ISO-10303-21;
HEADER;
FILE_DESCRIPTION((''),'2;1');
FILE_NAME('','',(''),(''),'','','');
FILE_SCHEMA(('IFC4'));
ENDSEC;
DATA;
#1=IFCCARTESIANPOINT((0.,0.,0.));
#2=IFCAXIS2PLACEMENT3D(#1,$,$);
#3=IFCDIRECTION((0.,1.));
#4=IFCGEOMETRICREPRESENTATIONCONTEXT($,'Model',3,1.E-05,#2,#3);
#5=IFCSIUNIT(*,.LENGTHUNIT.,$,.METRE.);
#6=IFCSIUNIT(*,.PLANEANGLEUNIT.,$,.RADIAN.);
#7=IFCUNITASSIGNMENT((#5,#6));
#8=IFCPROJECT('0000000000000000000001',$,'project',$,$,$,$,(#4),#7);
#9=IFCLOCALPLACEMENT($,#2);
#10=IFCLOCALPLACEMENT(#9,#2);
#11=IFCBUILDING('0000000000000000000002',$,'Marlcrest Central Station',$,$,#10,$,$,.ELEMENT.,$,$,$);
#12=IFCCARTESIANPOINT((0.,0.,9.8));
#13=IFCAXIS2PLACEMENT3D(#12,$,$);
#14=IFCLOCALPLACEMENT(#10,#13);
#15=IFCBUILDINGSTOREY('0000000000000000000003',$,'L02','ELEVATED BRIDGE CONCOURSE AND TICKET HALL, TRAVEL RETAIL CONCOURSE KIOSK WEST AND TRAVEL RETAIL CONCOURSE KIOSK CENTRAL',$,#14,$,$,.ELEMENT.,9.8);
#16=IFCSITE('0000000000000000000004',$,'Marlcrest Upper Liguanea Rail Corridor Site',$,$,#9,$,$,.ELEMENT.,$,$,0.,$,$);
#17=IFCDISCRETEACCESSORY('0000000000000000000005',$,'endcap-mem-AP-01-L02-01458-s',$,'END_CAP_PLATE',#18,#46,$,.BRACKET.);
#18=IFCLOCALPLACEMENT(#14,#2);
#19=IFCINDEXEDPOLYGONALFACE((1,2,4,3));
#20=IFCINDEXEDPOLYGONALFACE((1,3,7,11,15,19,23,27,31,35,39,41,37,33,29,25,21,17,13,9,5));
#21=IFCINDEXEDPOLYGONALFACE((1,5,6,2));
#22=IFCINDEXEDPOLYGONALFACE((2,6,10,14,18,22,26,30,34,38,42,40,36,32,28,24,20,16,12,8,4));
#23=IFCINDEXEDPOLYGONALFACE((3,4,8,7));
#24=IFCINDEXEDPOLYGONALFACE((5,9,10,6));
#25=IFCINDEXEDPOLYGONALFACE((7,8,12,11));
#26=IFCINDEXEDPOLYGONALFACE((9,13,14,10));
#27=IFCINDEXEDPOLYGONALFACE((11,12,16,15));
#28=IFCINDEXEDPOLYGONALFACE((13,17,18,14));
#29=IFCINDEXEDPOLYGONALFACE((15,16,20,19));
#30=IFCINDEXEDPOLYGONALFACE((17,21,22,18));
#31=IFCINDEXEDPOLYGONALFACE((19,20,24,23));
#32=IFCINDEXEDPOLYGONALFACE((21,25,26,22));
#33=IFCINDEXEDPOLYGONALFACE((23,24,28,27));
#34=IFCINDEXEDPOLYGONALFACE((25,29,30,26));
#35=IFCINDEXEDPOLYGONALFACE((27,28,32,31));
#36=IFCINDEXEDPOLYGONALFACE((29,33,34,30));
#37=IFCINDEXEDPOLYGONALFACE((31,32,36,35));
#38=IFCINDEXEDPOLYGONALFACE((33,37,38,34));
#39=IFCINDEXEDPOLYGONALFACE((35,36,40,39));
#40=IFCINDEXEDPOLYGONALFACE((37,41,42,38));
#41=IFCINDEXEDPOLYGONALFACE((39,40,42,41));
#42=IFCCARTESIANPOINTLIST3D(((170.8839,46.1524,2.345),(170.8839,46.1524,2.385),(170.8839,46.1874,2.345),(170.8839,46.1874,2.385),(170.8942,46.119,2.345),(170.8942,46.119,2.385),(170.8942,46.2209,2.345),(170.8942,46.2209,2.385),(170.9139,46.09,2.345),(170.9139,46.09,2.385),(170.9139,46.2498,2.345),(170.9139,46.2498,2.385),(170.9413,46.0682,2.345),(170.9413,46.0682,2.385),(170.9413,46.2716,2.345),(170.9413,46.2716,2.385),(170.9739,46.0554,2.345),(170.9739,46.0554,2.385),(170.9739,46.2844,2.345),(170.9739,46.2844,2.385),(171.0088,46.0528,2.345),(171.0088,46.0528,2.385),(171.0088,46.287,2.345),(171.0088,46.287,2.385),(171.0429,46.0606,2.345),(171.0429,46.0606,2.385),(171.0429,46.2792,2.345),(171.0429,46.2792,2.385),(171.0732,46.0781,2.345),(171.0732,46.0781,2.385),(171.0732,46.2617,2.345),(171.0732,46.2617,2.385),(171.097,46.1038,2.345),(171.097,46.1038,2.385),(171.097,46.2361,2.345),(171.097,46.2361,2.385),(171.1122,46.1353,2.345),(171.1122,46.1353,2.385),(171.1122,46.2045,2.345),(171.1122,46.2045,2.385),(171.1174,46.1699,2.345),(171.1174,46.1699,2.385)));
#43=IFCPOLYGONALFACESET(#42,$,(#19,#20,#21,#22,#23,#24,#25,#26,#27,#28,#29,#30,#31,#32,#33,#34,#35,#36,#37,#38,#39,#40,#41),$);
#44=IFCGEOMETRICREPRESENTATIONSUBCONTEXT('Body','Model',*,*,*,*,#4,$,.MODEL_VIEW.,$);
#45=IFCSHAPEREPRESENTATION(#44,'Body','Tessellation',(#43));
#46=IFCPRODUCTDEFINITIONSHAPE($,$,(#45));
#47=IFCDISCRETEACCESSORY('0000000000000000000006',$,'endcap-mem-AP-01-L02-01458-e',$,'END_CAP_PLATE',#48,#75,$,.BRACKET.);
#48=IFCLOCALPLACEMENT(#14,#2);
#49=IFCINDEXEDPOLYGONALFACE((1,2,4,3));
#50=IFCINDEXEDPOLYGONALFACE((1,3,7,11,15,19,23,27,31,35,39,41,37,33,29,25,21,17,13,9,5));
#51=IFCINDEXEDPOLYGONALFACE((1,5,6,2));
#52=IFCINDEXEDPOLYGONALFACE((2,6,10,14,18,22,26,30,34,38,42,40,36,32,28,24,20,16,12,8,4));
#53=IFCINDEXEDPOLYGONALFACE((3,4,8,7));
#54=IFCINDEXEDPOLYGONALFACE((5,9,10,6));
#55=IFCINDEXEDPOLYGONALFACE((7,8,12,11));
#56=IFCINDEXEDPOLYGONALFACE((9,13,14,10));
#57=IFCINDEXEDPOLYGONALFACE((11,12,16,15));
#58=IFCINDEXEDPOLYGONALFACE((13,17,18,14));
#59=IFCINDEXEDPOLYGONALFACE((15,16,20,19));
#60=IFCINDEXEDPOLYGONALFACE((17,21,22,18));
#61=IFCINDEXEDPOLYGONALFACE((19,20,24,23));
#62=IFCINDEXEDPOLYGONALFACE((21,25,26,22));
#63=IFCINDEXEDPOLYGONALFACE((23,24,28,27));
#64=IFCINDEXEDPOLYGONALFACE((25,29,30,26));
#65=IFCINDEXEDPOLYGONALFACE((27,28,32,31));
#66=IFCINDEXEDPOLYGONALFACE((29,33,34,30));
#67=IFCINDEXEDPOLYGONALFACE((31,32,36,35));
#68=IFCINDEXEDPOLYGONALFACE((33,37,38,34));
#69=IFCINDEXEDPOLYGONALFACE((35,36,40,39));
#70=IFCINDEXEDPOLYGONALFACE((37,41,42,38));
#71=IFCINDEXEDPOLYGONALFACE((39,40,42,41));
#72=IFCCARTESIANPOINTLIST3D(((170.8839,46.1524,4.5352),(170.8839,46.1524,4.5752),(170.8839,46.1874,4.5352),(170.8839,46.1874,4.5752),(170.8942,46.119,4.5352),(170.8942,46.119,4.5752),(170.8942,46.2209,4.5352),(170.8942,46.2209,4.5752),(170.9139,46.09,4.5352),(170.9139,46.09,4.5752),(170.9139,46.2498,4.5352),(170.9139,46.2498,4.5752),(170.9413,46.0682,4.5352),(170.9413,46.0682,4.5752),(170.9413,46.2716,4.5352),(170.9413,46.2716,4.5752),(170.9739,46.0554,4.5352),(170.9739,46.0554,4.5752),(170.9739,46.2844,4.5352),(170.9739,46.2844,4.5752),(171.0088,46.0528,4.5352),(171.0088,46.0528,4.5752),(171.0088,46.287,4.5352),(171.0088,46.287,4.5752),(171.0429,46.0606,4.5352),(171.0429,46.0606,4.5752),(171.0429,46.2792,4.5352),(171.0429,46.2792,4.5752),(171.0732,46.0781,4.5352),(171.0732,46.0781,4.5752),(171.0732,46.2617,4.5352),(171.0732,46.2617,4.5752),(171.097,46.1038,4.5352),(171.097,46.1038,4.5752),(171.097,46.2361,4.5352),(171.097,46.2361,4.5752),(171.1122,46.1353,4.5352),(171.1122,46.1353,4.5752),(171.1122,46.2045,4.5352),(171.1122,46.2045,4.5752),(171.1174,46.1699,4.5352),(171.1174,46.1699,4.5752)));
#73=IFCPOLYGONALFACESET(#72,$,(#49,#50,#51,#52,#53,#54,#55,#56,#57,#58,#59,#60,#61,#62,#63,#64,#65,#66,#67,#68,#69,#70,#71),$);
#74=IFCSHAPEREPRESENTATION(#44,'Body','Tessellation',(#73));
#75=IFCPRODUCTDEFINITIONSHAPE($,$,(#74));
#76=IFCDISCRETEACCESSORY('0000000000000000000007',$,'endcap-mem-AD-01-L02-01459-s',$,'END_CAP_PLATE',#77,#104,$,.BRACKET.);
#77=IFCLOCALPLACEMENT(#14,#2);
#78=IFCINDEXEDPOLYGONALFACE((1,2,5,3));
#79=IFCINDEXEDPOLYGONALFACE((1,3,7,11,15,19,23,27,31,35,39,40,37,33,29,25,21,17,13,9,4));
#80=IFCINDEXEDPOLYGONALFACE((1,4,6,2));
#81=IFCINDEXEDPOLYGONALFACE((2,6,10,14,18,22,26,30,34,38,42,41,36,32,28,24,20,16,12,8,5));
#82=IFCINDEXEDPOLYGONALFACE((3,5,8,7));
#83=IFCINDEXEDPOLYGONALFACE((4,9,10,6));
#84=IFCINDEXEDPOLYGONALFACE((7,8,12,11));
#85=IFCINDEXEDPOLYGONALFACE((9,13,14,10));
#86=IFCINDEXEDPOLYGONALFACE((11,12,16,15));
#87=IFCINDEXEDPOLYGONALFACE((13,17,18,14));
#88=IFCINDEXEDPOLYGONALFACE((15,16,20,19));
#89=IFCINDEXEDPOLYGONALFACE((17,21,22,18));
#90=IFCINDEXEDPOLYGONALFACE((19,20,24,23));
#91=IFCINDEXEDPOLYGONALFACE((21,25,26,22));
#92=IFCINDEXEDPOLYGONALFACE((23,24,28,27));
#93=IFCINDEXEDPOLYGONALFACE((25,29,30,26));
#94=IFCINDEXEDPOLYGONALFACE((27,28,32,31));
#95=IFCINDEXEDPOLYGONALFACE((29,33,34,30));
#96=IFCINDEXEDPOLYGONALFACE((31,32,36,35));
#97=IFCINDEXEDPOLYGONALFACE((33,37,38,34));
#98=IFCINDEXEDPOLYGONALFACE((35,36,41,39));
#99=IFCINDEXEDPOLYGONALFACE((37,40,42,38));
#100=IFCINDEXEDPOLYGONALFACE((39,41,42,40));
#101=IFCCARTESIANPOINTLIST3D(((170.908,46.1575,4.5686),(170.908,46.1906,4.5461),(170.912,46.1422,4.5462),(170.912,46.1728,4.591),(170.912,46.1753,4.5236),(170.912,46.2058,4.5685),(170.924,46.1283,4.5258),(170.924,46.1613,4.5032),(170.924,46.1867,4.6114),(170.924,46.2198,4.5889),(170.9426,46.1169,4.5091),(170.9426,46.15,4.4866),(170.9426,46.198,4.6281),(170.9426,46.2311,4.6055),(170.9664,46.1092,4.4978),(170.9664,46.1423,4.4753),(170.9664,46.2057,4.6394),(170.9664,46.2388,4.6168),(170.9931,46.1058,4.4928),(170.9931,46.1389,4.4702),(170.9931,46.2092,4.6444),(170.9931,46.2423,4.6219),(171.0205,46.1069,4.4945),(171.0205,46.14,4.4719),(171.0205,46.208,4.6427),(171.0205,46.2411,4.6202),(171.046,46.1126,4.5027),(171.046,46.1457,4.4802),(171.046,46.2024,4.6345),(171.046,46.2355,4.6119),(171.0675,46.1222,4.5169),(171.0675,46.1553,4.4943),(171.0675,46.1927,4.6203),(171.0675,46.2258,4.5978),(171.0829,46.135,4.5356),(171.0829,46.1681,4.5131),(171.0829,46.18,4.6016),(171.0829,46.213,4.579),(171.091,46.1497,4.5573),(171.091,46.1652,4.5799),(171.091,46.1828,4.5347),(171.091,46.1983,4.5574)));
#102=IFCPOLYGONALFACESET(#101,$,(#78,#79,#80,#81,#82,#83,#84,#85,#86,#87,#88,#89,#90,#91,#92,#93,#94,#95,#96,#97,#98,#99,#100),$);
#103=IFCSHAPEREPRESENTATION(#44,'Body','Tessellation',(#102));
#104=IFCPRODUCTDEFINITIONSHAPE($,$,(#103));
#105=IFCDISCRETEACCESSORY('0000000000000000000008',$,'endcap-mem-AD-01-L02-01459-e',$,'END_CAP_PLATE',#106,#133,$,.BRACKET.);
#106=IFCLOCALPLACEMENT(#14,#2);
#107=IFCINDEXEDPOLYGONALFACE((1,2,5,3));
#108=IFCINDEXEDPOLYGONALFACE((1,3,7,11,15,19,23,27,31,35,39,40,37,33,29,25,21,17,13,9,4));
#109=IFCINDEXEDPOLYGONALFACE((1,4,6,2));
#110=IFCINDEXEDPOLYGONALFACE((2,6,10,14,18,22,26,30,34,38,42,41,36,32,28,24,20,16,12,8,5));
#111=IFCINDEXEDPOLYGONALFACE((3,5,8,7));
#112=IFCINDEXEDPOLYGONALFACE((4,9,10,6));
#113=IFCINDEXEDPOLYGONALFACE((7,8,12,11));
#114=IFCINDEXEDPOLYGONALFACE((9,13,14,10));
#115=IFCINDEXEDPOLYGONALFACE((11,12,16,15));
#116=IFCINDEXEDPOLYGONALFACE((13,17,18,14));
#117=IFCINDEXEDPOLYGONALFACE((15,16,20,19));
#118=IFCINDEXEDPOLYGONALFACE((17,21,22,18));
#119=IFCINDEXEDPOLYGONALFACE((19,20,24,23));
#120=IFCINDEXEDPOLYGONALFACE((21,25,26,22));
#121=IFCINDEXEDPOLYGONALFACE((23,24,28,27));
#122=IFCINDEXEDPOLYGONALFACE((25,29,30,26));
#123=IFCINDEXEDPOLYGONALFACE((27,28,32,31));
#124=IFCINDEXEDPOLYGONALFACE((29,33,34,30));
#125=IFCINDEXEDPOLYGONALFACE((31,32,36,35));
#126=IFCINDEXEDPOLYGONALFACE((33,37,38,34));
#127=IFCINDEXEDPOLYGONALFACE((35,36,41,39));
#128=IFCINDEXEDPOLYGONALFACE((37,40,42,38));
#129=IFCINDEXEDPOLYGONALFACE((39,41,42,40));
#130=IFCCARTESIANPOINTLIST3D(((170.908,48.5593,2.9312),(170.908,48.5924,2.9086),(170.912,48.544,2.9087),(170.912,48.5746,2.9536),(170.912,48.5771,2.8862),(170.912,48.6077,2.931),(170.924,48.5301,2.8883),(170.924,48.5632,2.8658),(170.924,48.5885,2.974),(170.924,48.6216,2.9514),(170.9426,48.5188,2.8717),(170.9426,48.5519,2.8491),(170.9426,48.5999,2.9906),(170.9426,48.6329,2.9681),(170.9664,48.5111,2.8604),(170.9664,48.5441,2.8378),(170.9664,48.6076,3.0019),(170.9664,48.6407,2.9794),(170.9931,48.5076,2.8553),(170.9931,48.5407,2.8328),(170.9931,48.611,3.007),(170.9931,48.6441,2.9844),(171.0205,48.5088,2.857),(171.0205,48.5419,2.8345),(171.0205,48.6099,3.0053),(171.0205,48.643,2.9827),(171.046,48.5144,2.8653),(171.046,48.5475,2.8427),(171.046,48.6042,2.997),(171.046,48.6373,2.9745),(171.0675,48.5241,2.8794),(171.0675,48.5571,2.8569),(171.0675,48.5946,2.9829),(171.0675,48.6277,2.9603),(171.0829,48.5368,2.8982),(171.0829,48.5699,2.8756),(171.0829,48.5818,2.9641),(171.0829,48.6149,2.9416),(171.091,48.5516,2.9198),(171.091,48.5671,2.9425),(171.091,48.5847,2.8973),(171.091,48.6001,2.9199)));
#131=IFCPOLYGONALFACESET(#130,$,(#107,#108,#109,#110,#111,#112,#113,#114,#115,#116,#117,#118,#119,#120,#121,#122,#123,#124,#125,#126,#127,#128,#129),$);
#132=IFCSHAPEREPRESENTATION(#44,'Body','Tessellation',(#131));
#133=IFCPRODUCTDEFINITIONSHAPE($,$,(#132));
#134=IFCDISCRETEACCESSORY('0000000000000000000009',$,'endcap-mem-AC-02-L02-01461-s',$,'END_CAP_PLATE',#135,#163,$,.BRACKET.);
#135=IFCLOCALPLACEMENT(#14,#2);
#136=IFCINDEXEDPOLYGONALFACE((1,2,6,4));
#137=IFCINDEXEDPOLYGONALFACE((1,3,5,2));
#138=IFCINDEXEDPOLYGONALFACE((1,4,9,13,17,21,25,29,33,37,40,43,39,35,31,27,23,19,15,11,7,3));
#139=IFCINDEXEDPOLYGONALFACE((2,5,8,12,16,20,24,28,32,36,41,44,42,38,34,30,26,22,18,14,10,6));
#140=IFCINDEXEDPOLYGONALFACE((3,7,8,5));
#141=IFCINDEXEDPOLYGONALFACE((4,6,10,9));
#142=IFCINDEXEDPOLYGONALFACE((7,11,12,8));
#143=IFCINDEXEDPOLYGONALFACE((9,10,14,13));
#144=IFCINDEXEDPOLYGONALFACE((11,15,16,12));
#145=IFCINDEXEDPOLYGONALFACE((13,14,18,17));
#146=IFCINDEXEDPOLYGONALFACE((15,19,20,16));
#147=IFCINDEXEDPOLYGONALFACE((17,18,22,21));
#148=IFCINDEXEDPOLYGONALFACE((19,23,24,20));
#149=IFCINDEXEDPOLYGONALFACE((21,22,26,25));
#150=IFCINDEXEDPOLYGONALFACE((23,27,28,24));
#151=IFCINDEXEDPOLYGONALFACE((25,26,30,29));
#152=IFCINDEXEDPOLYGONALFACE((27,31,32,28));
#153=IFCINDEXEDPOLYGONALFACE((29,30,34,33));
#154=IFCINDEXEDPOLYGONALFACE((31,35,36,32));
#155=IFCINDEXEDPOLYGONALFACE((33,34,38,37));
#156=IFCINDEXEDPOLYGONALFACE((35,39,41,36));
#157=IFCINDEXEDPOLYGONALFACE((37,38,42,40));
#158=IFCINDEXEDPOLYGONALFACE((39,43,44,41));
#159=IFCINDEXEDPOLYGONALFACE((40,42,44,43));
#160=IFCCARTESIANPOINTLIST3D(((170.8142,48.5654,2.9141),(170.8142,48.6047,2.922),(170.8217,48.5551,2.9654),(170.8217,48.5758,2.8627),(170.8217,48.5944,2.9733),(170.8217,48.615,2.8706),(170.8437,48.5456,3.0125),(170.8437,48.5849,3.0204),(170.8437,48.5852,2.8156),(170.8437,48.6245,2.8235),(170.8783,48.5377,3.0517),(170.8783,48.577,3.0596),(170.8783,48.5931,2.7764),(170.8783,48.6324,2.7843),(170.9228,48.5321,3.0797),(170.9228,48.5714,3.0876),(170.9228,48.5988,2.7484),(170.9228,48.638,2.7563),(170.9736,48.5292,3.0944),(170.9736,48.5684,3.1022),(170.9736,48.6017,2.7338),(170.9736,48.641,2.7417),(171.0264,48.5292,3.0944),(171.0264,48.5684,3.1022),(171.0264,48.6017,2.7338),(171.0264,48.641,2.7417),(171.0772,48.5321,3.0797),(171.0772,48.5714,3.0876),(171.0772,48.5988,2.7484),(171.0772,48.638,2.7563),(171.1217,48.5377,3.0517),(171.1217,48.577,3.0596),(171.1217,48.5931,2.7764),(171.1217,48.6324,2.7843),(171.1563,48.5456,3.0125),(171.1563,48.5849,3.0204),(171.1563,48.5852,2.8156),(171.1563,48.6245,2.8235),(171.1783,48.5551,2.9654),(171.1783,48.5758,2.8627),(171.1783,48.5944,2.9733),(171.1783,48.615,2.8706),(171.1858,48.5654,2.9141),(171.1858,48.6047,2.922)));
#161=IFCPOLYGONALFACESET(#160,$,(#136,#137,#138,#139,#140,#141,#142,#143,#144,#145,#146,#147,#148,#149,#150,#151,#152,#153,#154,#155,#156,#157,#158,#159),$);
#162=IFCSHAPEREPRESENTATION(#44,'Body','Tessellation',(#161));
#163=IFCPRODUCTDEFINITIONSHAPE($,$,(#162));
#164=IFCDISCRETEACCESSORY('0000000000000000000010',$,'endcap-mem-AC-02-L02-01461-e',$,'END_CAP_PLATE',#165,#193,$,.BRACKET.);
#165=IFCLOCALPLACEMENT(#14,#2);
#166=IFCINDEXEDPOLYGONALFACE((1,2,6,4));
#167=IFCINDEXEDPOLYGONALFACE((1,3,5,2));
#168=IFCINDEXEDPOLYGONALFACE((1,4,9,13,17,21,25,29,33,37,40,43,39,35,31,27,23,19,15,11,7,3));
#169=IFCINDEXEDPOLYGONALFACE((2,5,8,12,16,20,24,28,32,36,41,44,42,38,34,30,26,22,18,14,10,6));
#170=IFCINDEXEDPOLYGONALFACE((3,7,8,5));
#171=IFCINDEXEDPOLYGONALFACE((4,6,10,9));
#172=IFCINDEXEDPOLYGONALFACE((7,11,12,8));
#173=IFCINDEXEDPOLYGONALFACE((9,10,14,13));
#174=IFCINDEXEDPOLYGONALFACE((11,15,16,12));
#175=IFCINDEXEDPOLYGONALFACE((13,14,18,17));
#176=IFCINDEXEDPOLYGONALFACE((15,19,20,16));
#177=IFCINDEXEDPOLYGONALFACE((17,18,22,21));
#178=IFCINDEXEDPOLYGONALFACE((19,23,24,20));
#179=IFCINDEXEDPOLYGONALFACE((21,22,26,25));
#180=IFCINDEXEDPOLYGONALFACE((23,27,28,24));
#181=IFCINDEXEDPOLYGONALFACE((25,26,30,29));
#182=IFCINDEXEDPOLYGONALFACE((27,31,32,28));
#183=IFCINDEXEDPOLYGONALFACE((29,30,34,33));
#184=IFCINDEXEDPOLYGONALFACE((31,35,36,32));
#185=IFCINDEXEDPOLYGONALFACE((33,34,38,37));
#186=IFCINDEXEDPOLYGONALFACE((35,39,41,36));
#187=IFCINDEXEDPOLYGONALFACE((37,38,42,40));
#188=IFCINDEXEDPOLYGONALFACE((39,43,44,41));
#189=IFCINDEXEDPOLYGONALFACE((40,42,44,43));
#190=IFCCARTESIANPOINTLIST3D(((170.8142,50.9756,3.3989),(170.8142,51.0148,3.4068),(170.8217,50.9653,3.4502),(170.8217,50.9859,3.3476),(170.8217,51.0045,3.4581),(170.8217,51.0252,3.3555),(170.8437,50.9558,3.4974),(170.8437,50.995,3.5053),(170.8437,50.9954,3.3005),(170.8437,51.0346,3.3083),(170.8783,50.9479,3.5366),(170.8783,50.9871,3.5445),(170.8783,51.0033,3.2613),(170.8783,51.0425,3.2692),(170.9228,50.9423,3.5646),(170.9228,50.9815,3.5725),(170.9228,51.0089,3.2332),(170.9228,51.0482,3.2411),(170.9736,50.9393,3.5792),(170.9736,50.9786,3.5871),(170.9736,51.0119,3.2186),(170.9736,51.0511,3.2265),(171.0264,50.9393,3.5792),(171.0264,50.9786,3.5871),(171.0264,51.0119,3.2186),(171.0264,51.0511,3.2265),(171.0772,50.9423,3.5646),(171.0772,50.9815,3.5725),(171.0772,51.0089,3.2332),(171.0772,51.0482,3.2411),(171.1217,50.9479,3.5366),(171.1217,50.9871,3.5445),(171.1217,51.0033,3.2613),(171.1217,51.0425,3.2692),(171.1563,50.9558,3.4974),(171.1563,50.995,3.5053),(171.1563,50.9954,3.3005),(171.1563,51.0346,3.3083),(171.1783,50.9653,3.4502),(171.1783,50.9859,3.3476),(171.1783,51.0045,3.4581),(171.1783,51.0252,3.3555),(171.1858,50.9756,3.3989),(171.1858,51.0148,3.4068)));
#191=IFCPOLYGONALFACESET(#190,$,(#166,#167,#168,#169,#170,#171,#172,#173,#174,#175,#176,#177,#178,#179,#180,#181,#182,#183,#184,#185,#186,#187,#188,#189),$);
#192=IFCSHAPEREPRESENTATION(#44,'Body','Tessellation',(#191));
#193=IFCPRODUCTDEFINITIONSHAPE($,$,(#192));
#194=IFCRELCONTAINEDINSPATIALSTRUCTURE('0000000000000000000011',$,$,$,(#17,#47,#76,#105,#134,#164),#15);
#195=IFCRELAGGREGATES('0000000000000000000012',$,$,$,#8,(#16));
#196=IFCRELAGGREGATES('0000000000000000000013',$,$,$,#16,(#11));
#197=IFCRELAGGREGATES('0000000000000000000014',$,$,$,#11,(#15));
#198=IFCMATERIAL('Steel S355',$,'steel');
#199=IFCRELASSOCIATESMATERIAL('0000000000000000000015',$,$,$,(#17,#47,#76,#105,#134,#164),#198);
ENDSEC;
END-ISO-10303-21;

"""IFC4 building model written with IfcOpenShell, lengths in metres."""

from ifc_helpers import new_model, si_unit, direction, frame, origin, origin_2d, place, context, subcontext, project, spatial, circle, extrude, material, element, save


model = new_model("IFC4")

# Units and contexts
model_context = context("Model", 3, precision=1e-05, world=origin(), true_north=direction((0.0, 1.0)))
body_context = subcontext(model_context, "Body", "Model", "MODEL_VIEW")
ifc_project = project(units=[si_unit("LENGTHUNIT", "METRE"), si_unit("PLANEANGLEUNIT", "RADIAN")], contexts=[model_context])

# Site, building, storey
site_placement = place(None, origin())
site = spatial("IfcSite", under=ifc_project, at=site_placement, Name="Marlcrest Upper Liguanea Rail Corridor Site", CompositionType="ELEMENT", RefElevation=0.0)
building_placement = place(site_placement, origin())
building = spatial("IfcBuilding", under=site, at=building_placement, Name="Marlcrest Central Station", CompositionType="ELEMENT")
storey_placement = place(building_placement, frame((0.0, 0.0, 9.8)))
storey = spatial("IfcBuildingStorey", under=building, at=storey_placement, Name="L02", Description="ELEVATED BRIDGE CONCOURSE AND TICKET HALL, TRAVEL RETAIL CONCOURSE KIOSK WEST AND TRAVEL RETAIL CONCOURSE KIOSK CENTRAL", CompositionType="ELEMENT", Elevation=9.8)

# Shared definitions
ifc_material_1 = material(Name="Steel S355", Category="steel")

# Discrete accessories
for number, where, z_axis, x_axis, name in (
    (1, (171.0, 46.1699, 2.345), (0.0, 0.0, 1.0), (1.0, 0.0, 0.0), "endcap-mem-AP-01-L02-01458-s"),
    (2, (171.0, 46.1699, 4.5352), (0.0, 0.0, 1.0), (1.0, 0.0, 0.0), "endcap-mem-AP-01-L02-01458-e"),
):
    element("IfcDiscreteAccessory", number, at=place(storey_placement, frame(where, z_axis=z_axis, x_axis=x_axis)), inside=storey, material=ifc_material_1, Name=name, ObjectType="END_CAP_PLATE", PredefinedType="BRACKET", context=body_context, shape_type="SweptSolid", body=[
        extrude(circle(Radius=0.1174, at=origin_2d()), origin(), (0.0, 0.0, 1.0), 0.04),
    ])
for number, where, z_axis, x_axis, name in (
    (3, (171.0, 46.1575, 4.5686), (0.0, 0.826263, -0.563285), (-1.0, 0.0, 0.0), "endcap-mem-AD-01-L02-01459-s"),
    (4, (171.0, 48.5593, 2.9312), (0.0, 0.826263, -0.563285), (-1.0, 0.0, 0.0), "endcap-mem-AD-01-L02-01459-e"),
):
    element("IfcDiscreteAccessory", number, at=place(storey_placement, frame(where, z_axis=z_axis, x_axis=x_axis)), inside=storey, material=ifc_material_1, Name=name, ObjectType="END_CAP_PLATE", PredefinedType="BRACKET", context=body_context, shape_type="SweptSolid", body=[
        extrude(circle(Radius=0.092, at=origin_2d()), origin(), (0.0, 0.0, 1.0), 0.04),
    ])
for number, where, z_axis, x_axis, name in (
    (5, (171.0, 48.5654, 2.9141), (0.0, 0.980359, 0.197219), (-1.0, 0.0, 0.0), "endcap-mem-AC-02-L02-01461-s"),
    (6, (171.0, 50.9756, 3.3989), (0.0, 0.980359, 0.197219), (-1.0, 0.0, 0.0), "endcap-mem-AC-02-L02-01461-e"),
):
    element("IfcDiscreteAccessory", number, at=place(storey_placement, frame(where, z_axis=z_axis, x_axis=x_axis)), inside=storey, material=ifc_material_1, Name=name, ObjectType="END_CAP_PLATE", PredefinedType="BRACKET", context=body_context, shape_type="SweptSolid", body=[
        extrude(circle(Radius=0.1858, at=origin_2d()), origin(), (0.0, 0.0, 1.0), 0.04),
    ])

save(model, "model.ifc")
